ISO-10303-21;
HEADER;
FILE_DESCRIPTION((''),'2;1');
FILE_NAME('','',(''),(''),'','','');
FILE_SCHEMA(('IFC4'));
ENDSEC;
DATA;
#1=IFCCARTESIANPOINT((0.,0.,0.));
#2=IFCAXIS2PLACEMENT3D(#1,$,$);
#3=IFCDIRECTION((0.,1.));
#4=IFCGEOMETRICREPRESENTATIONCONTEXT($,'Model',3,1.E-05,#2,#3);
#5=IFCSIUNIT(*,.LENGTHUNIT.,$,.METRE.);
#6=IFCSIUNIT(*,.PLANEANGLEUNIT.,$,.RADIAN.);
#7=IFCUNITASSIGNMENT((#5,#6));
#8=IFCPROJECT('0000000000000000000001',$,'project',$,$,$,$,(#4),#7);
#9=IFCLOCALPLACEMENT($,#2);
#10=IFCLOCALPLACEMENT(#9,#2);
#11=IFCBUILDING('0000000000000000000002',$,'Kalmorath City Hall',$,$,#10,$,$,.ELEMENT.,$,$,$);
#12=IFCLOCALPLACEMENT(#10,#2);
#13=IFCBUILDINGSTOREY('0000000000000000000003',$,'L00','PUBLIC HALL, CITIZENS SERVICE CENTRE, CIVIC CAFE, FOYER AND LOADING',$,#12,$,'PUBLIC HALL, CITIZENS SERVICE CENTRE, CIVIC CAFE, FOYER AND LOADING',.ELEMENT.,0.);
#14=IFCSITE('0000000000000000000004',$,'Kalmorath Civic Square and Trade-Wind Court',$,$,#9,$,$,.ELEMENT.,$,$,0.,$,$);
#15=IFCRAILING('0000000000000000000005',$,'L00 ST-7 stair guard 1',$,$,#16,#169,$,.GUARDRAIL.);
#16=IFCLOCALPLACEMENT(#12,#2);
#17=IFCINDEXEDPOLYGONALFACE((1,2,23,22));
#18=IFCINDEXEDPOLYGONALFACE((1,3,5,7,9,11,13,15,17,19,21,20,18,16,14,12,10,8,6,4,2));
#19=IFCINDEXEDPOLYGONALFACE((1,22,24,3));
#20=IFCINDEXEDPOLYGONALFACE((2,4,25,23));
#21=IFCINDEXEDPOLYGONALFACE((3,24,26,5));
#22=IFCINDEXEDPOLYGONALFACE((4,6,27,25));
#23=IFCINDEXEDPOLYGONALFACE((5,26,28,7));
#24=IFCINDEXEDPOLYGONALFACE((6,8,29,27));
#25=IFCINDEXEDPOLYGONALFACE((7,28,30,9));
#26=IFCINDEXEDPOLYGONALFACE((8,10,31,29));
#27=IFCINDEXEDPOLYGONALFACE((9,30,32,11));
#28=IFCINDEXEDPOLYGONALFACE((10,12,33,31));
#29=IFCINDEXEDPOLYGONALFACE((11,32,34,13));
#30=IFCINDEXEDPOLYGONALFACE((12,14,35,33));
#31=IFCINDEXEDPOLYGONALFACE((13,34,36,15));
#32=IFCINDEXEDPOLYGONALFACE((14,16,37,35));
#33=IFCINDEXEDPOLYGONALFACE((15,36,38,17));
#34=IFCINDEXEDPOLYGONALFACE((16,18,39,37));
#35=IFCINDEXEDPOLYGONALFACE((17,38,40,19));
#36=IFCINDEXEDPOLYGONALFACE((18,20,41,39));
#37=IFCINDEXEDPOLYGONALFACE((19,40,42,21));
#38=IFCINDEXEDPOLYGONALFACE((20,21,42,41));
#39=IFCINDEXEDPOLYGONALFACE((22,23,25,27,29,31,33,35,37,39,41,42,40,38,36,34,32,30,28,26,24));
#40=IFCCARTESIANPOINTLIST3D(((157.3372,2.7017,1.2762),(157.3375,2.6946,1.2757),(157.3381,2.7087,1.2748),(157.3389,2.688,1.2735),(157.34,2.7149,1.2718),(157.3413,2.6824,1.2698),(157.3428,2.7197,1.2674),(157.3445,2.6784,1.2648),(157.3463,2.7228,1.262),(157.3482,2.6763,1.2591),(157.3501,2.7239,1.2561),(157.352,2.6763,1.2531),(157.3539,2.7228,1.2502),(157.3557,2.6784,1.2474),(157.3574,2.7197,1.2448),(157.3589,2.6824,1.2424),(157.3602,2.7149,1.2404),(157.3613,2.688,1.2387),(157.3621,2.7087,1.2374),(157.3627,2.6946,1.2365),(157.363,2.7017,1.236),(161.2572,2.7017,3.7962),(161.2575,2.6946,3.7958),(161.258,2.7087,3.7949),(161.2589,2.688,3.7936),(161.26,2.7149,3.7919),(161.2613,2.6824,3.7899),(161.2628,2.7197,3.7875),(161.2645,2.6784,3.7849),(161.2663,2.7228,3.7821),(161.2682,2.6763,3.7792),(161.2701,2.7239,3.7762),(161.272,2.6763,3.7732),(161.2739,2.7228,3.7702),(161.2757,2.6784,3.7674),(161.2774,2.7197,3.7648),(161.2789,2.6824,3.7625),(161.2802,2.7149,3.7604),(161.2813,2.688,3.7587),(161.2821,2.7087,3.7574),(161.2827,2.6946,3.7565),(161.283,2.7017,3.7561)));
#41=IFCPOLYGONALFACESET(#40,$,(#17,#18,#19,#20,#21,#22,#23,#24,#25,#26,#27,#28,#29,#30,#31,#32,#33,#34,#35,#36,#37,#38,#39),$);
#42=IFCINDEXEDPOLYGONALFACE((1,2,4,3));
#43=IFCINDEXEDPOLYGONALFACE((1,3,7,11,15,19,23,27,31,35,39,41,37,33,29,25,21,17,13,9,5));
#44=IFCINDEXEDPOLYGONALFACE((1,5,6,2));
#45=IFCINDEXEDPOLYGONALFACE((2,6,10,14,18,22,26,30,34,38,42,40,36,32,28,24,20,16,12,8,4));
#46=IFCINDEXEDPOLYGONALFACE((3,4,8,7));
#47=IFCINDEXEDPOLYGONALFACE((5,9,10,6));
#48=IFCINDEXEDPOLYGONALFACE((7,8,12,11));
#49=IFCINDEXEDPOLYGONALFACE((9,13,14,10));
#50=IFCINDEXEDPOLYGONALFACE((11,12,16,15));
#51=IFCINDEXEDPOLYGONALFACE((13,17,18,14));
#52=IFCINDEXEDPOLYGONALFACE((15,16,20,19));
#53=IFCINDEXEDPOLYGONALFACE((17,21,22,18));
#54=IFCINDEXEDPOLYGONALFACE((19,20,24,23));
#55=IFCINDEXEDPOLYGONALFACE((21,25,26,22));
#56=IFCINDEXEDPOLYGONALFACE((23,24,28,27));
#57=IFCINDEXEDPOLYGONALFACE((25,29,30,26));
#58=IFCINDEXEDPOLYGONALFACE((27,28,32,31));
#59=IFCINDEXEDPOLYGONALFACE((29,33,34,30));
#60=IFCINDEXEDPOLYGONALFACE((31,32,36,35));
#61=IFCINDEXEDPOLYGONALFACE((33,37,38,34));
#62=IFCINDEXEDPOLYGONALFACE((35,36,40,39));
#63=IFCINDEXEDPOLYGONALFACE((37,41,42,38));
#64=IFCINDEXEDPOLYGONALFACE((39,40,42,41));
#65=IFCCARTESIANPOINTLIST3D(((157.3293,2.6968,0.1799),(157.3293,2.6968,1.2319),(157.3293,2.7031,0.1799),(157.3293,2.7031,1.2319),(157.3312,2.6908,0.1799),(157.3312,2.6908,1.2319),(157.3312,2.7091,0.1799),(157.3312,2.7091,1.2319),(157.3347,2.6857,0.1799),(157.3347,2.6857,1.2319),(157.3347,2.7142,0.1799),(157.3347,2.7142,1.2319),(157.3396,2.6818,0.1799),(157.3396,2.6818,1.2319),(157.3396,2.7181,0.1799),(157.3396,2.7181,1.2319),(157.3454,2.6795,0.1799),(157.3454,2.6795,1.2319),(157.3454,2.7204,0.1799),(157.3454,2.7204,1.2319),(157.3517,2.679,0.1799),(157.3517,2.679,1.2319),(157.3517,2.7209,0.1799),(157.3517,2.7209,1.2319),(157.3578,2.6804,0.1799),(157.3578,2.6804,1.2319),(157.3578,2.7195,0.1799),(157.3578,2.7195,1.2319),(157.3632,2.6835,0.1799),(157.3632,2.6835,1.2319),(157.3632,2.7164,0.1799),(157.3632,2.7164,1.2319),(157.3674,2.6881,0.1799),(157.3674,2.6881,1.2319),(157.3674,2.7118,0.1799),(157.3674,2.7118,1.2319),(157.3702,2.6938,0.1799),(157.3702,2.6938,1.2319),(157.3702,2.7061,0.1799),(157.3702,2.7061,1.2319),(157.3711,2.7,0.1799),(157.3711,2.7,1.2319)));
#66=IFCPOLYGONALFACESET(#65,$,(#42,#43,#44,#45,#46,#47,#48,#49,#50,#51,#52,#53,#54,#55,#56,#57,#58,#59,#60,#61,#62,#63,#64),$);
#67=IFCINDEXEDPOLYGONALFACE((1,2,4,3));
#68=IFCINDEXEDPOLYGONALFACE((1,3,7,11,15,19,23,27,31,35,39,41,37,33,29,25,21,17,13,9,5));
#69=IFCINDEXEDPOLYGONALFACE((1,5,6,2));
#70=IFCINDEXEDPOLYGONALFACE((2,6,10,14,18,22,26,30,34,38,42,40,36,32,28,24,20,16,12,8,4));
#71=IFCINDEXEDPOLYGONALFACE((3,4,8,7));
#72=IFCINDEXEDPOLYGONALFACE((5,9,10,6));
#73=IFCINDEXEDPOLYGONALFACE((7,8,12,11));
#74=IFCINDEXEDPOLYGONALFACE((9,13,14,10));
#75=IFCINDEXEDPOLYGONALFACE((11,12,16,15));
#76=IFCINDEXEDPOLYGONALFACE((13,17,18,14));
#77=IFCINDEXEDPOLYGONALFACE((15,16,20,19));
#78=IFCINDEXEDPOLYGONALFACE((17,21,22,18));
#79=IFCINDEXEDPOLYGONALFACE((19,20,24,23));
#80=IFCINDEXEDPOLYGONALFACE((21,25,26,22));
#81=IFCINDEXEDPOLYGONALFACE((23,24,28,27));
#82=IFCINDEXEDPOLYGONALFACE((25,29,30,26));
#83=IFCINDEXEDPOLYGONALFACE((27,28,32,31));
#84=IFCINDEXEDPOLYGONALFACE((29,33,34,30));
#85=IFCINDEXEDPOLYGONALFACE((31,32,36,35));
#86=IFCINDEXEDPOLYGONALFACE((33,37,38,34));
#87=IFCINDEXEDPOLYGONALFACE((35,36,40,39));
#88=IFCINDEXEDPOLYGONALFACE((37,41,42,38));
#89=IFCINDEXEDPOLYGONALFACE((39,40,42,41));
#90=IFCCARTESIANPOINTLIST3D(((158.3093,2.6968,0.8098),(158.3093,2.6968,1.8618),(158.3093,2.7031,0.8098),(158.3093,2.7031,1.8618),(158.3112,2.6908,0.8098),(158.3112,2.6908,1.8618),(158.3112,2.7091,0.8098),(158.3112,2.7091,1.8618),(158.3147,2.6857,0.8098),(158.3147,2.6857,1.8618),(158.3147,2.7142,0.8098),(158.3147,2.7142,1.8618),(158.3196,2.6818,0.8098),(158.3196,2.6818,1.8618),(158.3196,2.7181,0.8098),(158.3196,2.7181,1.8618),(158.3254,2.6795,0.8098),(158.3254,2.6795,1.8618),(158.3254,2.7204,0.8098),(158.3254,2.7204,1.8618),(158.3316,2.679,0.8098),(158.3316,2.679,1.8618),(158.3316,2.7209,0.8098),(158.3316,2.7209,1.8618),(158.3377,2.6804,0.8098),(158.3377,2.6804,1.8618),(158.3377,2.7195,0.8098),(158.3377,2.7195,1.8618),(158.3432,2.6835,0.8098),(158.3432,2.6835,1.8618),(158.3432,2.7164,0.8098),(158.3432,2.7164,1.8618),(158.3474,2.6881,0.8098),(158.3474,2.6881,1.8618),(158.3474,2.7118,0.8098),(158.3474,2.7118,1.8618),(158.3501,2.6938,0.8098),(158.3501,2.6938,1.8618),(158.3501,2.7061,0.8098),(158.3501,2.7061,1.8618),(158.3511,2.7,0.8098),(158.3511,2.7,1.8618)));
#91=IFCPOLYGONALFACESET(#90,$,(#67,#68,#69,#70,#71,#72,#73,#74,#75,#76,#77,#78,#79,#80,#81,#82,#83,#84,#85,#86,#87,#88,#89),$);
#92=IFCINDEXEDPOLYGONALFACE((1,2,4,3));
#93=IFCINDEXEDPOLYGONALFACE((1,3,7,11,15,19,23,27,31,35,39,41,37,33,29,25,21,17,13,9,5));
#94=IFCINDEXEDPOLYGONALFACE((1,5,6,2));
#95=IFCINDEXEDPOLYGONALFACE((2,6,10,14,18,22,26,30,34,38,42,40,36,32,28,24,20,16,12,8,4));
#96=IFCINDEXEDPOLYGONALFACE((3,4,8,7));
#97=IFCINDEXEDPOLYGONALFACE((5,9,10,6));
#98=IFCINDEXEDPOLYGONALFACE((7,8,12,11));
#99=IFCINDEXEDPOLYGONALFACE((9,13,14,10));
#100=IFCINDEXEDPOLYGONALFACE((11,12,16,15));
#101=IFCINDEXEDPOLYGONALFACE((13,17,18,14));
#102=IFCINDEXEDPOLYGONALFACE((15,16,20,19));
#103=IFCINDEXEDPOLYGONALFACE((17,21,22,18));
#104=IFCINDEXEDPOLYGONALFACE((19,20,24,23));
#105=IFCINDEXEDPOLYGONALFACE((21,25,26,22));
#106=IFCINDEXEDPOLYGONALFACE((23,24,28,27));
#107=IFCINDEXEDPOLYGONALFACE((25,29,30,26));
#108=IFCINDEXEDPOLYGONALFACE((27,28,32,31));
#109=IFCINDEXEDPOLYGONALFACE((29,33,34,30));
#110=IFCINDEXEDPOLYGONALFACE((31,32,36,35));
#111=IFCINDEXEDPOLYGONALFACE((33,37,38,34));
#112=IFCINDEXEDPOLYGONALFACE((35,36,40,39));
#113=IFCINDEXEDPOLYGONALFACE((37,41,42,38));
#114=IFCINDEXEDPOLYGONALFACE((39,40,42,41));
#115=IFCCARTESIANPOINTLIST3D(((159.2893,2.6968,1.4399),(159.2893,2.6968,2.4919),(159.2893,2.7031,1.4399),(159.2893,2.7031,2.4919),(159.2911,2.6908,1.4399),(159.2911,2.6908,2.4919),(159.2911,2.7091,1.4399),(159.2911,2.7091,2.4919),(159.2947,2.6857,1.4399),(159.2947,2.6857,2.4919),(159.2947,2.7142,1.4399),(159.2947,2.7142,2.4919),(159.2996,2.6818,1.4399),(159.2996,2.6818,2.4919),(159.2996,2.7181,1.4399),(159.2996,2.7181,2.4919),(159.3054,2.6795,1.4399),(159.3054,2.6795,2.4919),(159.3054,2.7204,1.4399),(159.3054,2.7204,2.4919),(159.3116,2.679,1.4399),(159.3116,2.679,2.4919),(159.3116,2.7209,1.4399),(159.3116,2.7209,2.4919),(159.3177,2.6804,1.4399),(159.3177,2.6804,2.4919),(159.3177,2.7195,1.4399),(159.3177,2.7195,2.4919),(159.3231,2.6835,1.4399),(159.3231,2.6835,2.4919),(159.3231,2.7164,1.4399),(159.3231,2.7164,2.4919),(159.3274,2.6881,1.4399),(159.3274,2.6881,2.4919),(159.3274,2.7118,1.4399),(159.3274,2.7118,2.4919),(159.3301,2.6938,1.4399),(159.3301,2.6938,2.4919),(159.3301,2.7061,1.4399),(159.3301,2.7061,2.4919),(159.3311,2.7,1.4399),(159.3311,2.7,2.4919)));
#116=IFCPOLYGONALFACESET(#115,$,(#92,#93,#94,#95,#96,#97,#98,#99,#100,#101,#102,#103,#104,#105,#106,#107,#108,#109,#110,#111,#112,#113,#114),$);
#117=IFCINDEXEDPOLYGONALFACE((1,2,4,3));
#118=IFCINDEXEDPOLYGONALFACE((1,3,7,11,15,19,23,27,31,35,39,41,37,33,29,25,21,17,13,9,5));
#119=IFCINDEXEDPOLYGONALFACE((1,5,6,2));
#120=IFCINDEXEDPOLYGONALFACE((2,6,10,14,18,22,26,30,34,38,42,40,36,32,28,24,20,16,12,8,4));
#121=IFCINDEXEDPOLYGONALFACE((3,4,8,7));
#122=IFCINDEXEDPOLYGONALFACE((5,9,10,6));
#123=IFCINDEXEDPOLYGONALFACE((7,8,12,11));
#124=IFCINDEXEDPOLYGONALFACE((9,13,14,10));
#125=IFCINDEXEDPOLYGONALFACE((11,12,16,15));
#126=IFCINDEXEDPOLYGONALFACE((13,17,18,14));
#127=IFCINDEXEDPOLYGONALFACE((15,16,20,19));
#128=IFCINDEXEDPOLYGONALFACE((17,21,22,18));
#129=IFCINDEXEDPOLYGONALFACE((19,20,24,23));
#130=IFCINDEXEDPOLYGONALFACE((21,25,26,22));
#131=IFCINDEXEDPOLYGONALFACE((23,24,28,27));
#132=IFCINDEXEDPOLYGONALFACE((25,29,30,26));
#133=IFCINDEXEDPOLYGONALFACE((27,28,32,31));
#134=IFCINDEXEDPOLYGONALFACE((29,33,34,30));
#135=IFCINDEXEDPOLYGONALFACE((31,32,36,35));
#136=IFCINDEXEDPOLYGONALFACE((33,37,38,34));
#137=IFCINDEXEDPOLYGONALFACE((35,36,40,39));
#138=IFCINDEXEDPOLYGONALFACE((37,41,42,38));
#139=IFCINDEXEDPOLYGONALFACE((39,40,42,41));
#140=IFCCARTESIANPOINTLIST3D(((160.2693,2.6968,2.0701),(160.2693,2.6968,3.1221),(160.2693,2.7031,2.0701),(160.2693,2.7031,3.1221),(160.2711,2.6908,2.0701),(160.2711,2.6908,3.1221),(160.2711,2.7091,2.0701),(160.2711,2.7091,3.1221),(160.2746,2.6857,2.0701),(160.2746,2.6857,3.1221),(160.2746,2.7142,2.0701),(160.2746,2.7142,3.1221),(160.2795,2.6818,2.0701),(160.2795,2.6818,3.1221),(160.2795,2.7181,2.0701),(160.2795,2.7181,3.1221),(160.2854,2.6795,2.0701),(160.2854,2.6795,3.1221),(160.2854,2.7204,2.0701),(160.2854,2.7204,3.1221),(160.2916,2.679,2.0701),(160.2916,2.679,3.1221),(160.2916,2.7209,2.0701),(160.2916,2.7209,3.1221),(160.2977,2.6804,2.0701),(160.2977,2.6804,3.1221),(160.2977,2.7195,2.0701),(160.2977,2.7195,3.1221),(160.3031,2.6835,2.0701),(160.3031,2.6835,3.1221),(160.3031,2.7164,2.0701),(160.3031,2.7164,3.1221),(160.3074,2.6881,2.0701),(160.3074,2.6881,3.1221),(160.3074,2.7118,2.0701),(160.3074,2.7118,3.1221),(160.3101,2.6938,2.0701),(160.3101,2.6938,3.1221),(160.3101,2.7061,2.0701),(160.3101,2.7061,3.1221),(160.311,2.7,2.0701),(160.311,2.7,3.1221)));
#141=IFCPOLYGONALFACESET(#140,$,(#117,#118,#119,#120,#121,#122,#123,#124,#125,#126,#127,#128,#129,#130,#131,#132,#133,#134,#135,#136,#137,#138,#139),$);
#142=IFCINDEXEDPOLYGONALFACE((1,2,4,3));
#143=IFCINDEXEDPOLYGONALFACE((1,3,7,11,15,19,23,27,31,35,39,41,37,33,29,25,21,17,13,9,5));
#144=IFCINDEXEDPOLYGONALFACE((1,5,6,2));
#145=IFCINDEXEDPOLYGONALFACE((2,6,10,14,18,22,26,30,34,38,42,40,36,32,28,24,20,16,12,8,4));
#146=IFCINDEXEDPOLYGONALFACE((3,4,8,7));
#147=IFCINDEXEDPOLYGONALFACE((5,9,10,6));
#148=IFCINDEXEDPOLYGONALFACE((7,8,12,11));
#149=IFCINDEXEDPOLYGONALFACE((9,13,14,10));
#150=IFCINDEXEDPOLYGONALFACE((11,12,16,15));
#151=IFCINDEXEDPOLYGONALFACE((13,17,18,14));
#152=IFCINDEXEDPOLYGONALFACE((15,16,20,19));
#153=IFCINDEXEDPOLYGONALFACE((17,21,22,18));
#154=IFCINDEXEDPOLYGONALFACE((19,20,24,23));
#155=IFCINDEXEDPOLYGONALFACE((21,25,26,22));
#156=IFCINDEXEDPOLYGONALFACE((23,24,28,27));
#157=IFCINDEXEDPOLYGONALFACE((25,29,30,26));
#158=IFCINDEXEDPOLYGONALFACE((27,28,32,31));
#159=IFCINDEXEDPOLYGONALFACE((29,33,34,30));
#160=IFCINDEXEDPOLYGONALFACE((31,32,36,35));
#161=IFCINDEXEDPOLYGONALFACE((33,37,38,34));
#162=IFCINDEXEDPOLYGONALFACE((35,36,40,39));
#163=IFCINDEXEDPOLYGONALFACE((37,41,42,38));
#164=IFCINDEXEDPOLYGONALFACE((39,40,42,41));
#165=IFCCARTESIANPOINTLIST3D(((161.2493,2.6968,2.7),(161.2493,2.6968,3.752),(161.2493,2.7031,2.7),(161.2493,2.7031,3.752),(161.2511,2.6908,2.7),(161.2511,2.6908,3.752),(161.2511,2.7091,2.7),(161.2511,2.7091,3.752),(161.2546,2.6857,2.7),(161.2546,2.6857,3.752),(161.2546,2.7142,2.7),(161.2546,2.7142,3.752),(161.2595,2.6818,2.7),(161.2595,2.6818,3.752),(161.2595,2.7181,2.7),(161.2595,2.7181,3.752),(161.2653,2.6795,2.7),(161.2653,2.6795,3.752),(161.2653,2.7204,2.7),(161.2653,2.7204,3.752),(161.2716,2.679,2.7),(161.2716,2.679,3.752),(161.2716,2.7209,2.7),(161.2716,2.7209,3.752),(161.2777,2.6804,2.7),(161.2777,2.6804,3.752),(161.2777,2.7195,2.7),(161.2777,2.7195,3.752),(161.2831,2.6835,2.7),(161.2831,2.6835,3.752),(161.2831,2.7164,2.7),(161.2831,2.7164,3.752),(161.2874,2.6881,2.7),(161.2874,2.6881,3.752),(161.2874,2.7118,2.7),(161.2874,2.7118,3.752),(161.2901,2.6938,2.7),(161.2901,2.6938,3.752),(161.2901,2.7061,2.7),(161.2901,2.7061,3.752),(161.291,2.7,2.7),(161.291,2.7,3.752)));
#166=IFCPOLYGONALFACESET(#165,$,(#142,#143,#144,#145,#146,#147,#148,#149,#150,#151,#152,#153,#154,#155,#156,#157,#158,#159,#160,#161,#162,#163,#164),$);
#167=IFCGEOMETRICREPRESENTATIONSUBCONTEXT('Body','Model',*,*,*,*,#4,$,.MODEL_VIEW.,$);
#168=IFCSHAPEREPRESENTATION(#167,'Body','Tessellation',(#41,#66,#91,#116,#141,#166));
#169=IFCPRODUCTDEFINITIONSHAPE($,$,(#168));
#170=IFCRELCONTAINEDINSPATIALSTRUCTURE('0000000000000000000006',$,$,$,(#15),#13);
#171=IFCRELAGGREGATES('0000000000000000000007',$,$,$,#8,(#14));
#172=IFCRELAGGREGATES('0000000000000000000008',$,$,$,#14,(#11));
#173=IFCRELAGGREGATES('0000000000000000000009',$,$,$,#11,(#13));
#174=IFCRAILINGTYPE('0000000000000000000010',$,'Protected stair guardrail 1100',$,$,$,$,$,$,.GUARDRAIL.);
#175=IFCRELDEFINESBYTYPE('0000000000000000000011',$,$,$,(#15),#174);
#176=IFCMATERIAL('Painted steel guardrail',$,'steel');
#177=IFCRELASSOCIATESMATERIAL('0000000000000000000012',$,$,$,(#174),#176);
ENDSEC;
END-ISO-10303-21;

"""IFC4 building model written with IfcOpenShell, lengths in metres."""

from ifc_helpers import new_model, si_unit, direction, frame, origin, origin_2d, place, context, subcontext, project, spatial, circle, extrude, material, type_object, element, save


model = new_model("IFC4")

# Units and contexts
model_context = context("Model", 3, precision=1e-05, world=origin(), true_north=direction((0.0, 1.0)))
body_context = subcontext(model_context, "Body", "Model", "MODEL_VIEW")
ifc_project = project(units=[si_unit("LENGTHUNIT", "METRE"), si_unit("PLANEANGLEUNIT", "RADIAN")], contexts=[model_context])

# Site, building, storey
site_placement = place(None, origin())
site = spatial("IfcSite", under=ifc_project, at=site_placement, Name="Kalmorath Civic Square and Trade-Wind Court", CompositionType="ELEMENT", RefElevation=0.0)
building_placement = place(site_placement, origin())
building = spatial("IfcBuilding", under=site, at=building_placement, Name="Kalmorath City Hall", CompositionType="ELEMENT")
storey_placement = place(building_placement, origin())
storey = spatial("IfcBuildingStorey", under=building, at=storey_placement, Name="L00", Description="PUBLIC HALL, CITIZENS SERVICE CENTRE, CIVIC CAFE, FOYER AND LOADING", LongName="PUBLIC HALL, CITIZENS SERVICE CENTRE, CIVIC CAFE, FOYER AND LOADING", CompositionType="ELEMENT", Elevation=0.0)

# Railing
ifc_material_1 = material(Name="Painted steel guardrail", Category="steel")
railing_type_1 = type_object("IfcRailingType", Name="Protected stair guardrail 1100", PredefinedType="GUARDRAIL", material=ifc_material_1)
railing_1_placement = place(storey_placement, frame((157.3501, 2.7, 0.1799)))
element("IfcRailing", 1, at=railing_1_placement, inside=storey, type_object=railing_type_1, Name="L00 ST-7 stair guard 1", PredefinedType="GUARDRAIL", context=body_context, shape_type="SweptSolid", body=[
    extrude(circle(Radius=0.0239, at=origin_2d()), frame((0.0, 0.0, 1.0762), z_axis=(0.841172, 0.0, 0.540768), x_axis=(0.0, 1.0, 0.0)), (0.0, 0.0, 1.0), 4.6602),
    extrude(circle(Radius=0.021, at=origin_2d()), origin(), (0.0, 0.0, 1.0), 1.052),
    extrude(circle(Radius=0.021, at=origin_2d()), frame((0.98, 0.0, 0.6299)), (0.0, 0.0, 1.0), 1.052),
    extrude(circle(Radius=0.021, at=origin_2d()), frame((1.96, 0.0, 1.26)), (0.0, 0.0, 1.0), 1.052),
    extrude(circle(Radius=0.021, at=origin_2d()), frame((2.9399, 0.0, 1.8901)), (0.0, 0.0, 1.0), 1.052),
    extrude(circle(Radius=0.021, at=origin_2d()), frame((3.9199, 0.0, 2.52)), (0.0, 0.0, 1.0), 1.052),
])

save(model, "model.ifc")
